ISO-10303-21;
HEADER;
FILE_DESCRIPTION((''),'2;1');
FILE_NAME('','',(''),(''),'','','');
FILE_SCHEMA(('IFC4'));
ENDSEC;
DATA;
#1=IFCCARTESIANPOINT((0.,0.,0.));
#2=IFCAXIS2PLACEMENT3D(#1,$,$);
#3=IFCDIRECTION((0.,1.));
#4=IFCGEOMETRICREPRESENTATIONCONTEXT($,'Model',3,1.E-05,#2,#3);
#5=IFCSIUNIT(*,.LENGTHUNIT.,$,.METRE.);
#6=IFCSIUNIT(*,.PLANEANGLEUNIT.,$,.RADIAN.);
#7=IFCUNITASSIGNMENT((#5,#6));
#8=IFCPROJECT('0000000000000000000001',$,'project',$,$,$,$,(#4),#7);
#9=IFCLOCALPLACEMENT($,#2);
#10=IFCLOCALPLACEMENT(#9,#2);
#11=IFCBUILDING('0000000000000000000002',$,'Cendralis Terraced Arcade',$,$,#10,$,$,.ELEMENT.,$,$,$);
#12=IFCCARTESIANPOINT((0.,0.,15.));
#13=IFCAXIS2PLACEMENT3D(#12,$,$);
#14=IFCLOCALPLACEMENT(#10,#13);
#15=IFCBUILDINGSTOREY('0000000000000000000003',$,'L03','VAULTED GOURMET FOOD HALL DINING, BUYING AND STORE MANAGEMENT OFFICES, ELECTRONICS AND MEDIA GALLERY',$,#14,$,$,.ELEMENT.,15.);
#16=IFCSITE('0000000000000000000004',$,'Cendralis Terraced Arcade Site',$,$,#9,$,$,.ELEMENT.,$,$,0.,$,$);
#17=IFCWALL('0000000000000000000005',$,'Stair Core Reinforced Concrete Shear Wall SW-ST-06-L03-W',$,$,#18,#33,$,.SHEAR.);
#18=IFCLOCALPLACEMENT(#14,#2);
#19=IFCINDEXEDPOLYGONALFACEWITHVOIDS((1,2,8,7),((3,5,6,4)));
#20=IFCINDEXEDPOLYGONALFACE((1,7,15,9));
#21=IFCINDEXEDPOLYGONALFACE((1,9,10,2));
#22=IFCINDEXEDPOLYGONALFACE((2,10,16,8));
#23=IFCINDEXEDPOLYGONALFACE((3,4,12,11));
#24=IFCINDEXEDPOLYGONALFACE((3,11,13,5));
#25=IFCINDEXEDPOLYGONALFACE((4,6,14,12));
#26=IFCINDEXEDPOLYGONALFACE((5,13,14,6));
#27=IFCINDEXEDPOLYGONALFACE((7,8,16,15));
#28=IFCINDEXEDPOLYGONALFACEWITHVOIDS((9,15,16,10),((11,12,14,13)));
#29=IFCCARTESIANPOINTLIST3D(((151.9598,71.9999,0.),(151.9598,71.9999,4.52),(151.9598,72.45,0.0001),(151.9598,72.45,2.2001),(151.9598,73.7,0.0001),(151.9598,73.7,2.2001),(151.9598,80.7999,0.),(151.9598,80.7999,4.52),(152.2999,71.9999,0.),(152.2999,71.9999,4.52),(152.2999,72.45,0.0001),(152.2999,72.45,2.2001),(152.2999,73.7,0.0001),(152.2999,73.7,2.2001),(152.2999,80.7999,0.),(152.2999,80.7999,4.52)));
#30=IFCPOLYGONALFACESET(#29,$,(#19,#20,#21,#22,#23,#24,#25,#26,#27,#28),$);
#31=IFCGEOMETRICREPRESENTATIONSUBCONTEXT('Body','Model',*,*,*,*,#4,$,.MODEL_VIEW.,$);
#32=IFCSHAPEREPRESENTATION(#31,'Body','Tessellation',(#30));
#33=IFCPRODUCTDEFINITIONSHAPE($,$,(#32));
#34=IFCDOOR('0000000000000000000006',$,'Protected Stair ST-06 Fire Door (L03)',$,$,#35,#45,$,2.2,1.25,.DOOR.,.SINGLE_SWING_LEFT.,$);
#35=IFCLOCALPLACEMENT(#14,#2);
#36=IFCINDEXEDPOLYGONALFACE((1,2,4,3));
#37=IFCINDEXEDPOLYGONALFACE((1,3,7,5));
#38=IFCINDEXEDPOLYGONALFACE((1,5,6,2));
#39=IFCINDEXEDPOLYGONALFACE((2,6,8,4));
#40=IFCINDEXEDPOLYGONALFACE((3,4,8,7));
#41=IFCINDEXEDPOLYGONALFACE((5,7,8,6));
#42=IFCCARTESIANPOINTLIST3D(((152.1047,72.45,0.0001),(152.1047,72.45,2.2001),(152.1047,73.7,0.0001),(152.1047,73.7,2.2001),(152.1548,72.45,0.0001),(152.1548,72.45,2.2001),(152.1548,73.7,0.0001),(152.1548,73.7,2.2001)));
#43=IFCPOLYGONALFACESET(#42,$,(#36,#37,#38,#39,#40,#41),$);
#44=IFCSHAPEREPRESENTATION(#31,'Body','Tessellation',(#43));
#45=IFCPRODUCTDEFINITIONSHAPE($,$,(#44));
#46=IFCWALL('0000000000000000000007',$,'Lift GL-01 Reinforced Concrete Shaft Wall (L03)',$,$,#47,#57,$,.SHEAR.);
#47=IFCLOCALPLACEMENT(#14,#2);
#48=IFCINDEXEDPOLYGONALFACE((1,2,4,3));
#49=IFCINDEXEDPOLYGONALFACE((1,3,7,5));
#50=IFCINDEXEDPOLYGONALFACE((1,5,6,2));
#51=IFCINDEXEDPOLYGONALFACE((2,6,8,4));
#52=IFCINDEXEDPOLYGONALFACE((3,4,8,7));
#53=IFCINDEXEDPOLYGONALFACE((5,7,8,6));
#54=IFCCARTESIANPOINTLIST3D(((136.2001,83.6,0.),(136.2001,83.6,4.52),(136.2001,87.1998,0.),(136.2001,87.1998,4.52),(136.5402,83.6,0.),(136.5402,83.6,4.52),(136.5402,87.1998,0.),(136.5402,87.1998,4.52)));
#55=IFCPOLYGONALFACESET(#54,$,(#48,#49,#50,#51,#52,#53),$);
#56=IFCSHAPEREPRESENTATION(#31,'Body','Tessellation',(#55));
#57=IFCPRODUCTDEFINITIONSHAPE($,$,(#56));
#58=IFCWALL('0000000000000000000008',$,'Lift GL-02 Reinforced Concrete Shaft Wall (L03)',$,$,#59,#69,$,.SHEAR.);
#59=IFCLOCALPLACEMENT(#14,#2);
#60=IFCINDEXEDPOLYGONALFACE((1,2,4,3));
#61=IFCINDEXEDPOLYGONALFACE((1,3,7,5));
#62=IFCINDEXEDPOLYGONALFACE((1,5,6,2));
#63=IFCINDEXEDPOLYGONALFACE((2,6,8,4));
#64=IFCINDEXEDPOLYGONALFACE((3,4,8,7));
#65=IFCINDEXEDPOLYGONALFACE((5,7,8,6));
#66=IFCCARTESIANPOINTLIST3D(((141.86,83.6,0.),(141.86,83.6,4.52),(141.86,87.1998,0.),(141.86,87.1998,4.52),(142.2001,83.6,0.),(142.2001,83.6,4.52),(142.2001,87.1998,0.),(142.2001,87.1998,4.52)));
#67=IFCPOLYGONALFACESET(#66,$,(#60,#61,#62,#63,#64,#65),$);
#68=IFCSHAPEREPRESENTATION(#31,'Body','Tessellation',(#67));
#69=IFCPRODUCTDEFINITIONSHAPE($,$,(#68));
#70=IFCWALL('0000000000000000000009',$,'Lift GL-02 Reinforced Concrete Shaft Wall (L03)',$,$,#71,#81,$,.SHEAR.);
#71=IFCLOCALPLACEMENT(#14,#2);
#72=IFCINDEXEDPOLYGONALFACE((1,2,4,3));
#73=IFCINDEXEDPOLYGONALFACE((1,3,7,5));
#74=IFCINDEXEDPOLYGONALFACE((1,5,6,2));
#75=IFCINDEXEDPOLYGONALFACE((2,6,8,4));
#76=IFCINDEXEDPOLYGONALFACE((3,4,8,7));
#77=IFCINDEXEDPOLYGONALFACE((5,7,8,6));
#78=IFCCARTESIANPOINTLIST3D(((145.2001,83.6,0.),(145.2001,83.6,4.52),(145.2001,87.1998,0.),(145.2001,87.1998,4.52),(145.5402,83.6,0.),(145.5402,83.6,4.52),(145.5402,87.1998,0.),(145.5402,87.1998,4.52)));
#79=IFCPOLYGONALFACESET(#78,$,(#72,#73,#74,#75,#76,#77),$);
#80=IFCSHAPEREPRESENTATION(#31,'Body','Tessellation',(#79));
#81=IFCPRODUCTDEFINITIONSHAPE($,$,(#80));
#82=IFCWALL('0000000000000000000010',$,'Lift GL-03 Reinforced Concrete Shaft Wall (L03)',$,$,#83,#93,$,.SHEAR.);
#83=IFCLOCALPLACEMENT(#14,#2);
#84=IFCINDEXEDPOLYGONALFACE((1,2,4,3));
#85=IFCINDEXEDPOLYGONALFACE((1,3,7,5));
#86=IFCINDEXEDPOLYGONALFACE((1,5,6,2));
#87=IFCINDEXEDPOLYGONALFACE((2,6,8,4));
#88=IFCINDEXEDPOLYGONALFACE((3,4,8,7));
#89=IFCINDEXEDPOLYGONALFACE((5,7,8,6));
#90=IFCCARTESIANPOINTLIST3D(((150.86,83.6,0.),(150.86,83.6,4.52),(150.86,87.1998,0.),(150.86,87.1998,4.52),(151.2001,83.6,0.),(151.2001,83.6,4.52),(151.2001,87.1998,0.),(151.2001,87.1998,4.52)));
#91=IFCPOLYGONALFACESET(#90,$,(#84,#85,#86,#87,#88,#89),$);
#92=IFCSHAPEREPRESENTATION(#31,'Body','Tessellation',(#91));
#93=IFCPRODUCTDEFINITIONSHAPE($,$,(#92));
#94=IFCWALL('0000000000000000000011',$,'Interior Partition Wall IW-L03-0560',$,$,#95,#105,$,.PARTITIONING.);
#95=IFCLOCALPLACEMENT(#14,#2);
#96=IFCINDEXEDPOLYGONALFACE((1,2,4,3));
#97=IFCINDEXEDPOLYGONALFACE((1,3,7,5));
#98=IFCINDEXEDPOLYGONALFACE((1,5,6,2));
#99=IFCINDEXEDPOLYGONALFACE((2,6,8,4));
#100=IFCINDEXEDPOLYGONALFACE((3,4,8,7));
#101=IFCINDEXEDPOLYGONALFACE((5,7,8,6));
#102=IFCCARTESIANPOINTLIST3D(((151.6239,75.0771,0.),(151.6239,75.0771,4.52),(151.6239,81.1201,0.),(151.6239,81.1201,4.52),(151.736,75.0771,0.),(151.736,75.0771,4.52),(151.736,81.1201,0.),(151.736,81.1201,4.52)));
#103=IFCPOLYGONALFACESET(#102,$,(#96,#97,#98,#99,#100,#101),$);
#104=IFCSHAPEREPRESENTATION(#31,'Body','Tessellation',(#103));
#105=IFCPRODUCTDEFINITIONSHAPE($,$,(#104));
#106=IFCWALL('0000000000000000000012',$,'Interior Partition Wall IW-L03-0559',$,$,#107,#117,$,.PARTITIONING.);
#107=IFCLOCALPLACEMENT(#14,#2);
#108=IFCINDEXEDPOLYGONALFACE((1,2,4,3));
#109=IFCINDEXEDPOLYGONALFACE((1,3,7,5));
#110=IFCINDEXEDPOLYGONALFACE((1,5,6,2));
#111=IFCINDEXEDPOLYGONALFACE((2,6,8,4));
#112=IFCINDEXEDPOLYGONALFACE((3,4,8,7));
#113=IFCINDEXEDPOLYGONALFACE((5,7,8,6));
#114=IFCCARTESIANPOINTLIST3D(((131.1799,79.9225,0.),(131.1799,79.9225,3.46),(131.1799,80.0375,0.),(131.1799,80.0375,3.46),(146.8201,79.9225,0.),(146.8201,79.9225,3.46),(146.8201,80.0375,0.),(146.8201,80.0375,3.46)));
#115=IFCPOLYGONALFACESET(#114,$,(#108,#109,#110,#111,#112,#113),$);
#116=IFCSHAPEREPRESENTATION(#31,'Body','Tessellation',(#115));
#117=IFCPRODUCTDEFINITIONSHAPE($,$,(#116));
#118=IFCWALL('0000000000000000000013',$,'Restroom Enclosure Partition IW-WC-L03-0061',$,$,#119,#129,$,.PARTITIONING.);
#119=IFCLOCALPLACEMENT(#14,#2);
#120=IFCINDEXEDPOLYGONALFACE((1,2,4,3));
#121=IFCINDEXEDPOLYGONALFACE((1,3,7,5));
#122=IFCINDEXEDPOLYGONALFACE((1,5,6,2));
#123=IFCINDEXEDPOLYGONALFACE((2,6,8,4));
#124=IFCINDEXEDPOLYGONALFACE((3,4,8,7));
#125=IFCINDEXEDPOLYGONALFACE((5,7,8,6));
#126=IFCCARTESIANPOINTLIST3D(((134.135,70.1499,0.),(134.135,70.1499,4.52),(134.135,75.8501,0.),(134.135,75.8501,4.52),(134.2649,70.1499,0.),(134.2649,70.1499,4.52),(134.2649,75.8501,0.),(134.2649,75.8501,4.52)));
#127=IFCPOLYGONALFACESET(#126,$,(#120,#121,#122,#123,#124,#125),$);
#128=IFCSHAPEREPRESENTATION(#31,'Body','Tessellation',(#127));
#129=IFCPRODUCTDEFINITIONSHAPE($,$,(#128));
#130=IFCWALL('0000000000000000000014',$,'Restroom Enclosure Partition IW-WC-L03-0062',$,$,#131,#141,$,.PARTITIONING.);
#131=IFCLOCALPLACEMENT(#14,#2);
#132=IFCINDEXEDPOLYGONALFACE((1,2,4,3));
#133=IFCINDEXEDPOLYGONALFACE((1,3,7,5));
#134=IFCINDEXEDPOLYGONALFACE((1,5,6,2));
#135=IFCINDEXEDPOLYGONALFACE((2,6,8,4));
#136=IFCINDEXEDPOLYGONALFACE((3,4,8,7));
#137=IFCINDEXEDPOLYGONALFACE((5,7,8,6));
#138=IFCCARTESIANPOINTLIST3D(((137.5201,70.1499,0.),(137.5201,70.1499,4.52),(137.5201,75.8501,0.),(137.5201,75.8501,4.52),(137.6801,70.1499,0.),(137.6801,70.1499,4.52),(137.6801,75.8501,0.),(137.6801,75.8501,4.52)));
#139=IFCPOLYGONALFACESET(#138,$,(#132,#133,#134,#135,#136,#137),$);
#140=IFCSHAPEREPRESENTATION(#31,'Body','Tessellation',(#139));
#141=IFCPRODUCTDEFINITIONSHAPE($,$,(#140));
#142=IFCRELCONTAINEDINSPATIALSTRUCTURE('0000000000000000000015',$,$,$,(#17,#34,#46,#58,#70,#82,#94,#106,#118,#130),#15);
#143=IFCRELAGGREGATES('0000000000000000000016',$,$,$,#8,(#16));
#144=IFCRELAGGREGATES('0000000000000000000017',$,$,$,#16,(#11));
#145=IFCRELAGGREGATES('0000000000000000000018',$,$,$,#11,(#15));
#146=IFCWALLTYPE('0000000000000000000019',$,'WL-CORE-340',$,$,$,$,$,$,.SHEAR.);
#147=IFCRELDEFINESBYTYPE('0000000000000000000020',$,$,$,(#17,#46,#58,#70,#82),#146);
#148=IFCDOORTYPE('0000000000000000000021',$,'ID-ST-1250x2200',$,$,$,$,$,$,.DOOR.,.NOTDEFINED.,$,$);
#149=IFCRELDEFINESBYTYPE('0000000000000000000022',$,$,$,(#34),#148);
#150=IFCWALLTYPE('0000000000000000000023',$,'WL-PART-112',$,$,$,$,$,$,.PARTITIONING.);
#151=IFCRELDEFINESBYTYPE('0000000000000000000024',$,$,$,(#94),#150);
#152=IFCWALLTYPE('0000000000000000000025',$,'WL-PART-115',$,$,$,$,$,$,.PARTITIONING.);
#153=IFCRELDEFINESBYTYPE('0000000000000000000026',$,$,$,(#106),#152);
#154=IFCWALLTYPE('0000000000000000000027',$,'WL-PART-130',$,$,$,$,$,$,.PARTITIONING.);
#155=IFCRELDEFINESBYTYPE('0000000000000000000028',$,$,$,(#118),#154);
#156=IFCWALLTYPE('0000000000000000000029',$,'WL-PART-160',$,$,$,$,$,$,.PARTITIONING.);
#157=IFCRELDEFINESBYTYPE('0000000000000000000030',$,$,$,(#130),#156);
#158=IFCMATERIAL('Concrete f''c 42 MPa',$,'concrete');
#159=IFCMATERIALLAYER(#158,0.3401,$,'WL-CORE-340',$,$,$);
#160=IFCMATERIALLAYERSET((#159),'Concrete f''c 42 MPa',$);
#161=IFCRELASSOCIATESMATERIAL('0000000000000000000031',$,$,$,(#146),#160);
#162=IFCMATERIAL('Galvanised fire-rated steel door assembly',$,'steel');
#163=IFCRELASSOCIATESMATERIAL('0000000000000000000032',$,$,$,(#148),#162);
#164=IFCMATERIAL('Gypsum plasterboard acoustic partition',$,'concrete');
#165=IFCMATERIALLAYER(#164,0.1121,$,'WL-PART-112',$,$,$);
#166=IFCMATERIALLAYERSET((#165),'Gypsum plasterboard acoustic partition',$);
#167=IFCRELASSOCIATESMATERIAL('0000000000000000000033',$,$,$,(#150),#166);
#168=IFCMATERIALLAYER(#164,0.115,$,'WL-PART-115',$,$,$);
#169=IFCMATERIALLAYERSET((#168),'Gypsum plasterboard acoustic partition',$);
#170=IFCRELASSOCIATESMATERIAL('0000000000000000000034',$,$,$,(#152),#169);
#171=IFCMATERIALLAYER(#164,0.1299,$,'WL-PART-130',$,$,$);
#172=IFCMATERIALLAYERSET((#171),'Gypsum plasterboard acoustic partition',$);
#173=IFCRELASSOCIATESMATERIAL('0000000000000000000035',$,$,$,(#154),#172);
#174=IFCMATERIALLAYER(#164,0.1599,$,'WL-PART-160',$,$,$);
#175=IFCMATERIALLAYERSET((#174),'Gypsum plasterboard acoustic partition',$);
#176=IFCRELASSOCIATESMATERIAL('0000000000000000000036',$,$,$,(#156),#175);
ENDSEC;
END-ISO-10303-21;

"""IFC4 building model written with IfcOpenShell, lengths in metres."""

from ifc_helpers import new_model, si_unit, direction, frame, frame_2d, origin, place, context, subcontext, project, spatial, rectangle, extrude, material, layer, layer_set, type_object, element, fill, save


model = new_model("IFC4")

# Units and contexts
model_context = context("Model", 3, precision=1e-05, world=origin(), true_north=direction((0.0, 1.0)))
body_context = subcontext(model_context, "Body", "Model", "MODEL_VIEW")
ifc_project = project(units=[si_unit("LENGTHUNIT", "METRE"), si_unit("PLANEANGLEUNIT", "RADIAN")], contexts=[model_context])

# Site, building, storey
site_placement = place(None, origin())
site = spatial("IfcSite", under=ifc_project, at=site_placement, Name="Cendralis Terraced Arcade Site", CompositionType="ELEMENT", RefElevation=0.0)
building_placement = place(site_placement, origin())
building = spatial("IfcBuilding", under=site, at=building_placement, Name="Cendralis Terraced Arcade", CompositionType="ELEMENT")
storey_placement = place(building_placement, frame((0.0, 0.0, 15.0)))
storey = spatial("IfcBuildingStorey", under=building, at=storey_placement, Name="L03", Description="VAULTED GOURMET FOOD HALL DINING, BUYING AND STORE MANAGEMENT OFFICES, ELECTRONICS AND MEDIA GALLERY", CompositionType="ELEMENT", Elevation=15.0)

# Shared definitions
ifc_material_1 = material(Name="Concrete f'c 42 MPa", Category="concrete")

# Shared definitions
ifc_layer_1 = layer(ifc_material_1, 0.3401, Name="WL-CORE-340")
ifc_layer_set_1 = layer_set([ifc_layer_1], Name="Concrete f'c 42 MPa")
wall_type_1 = type_object("IfcWallType", Name="WL-CORE-340", PredefinedType="SHEAR", material=ifc_layer_set_1)

# Wall, opening, door
wall_1_placement = place(storey_placement, frame((152.1299, 72.0, 0.0), z_axis=(0.0, 0.0, 1.0), x_axis=(0.0, 1.0, 0.0)))
wall_1 = element("IfcWall", 1, at=wall_1_placement, inside=storey, type_object=wall_type_1, Name="Stair Core Reinforced Concrete Shear Wall SW-ST-06-L03-W", PredefinedType="SHEAR", context=body_context, shape_type="SweptSolid", body=[
    extrude(rectangle(XDim=8.8, YDim=0.3401, at=frame_2d((4.3999, 0.0))), origin(), (0.0, 0.0, 1.0), 4.52),
])
opening_1_placement = place(wall_1_placement, frame((0.45, 0.0, 0.0)))
opening_1 = element("IfcOpeningElement", 2, at=opening_1_placement, cuts=wall_1, PredefinedType="OPENING", context=body_context, shape_type="SweptSolid", body=[
    extrude(rectangle(XDim=1.25, YDim=2.2, at=frame_2d((0.625, 1.1001))), frame((0.0, 0.1821, 0.0), z_axis=(0.0, -1.0, 0.0), x_axis=(1.0, 0.0, 0.0)), (0.0, 0.0, 1.0), 0.364),
])
ifc_material_2 = material(Name="Galvanised fire-rated steel door assembly", Category="steel")
door_type_1 = type_object("IfcDoorType", Name="ID-ST-1250x2200", OperationType="NOTDEFINED", PredefinedType="DOOR", material=ifc_material_2)
door_1_placement = place(opening_1_placement, frame((1.25, 0.0, 0.0), z_axis=(0.0, 0.0, 1.0), x_axis=(-1.0, 0.0, 0.0)))
door_1 = element("IfcDoor", 3, at=door_1_placement, inside=storey, type_object=door_type_1, Name="Protected Stair ST-06 Fire Door (L03)", OperationType="SINGLE_SWING_LEFT", OverallHeight=2.2, OverallWidth=1.25, PredefinedType="DOOR", context=body_context, shape_type="SweptSolid", body=[
    extrude(rectangle(XDim=1.25, YDim=2.2, at=frame_2d((0.625, 1.1001))), frame((0.0, 0.0249, 0.0), z_axis=(0.0, -1.0, 0.0), x_axis=(1.0, 0.0, 0.0)), (0.0, 0.0, 1.0), 0.05),
])
fill(opening_1, door_1)

# Wall
wall_2_placement = place(storey_placement, frame((136.3701, 83.6001, 0.0), z_axis=(0.0, 0.0, 1.0), x_axis=(0.0, 1.0, 0.0)))
element("IfcWall", 4, at=wall_2_placement, inside=storey, type_object=wall_type_1, Name="Lift GL-01 Reinforced Concrete Shaft Wall (L03)", PredefinedType="SHEAR", context=body_context, shape_type="SweptSolid", body=[
    extrude(rectangle(XDim=3.5999, YDim=0.3401, at=frame_2d((1.7998, 0.0))), origin(), (0.0, 0.0, 1.0), 4.52),
])

# Walls
for number, where, z_axis, x_axis, name in (
    (5, (142.03, 83.6001, 0.0), (0.0, 0.0, 1.0), (0.0, 1.0, 0.0), "Lift GL-02 Reinforced Concrete Shaft Wall (L03)"),
    (6, (145.3701, 83.6001, 0.0), (0.0, 0.0, 1.0), (0.0, 1.0, 0.0), "Lift GL-02 Reinforced Concrete Shaft Wall (L03)"),
):
    element("IfcWall", number, at=place(storey_placement, frame(where, z_axis=z_axis, x_axis=x_axis)), inside=storey, type_object=wall_type_1, Name=name, PredefinedType="SHEAR", context=body_context, shape_type="SweptSolid", body=[
        extrude(rectangle(XDim=3.5999, YDim=0.3401, at=frame_2d((1.7998, 0.0))), origin(), (0.0, 0.0, 1.0), 4.52),
    ])

# Walls
wall_3_placement = place(storey_placement, frame((151.03, 83.6001, 0.0), z_axis=(0.0, 0.0, 1.0), x_axis=(0.0, 1.0, 0.0)))
element("IfcWall", 7, at=wall_3_placement, inside=storey, type_object=wall_type_1, Name="Lift GL-03 Reinforced Concrete Shaft Wall (L03)", PredefinedType="SHEAR", context=body_context, shape_type="SweptSolid", body=[
    extrude(rectangle(XDim=3.5999, YDim=0.3401, at=frame_2d((1.7998, 0.0))), origin(), (0.0, 0.0, 1.0), 4.52),
])
ifc_material_3 = material(Name="Gypsum plasterboard acoustic partition", Category="concrete")
ifc_layer_2 = layer(ifc_material_3, 0.1121, Name="WL-PART-112")
ifc_layer_set_2 = layer_set([ifc_layer_2], Name="Gypsum plasterboard acoustic partition")
wall_type_2 = type_object("IfcWallType", Name="WL-PART-112", PredefinedType="PARTITIONING", material=ifc_layer_set_2)
wall_4_placement = place(storey_placement, frame((151.6799, 75.0771, 0.0), z_axis=(0.0, 0.0, 1.0), x_axis=(0.0, 1.0, 0.0)))
element("IfcWall", 8, at=wall_4_placement, inside=storey, type_object=wall_type_2, Name="Interior Partition Wall IW-L03-0560", PredefinedType="PARTITIONING", context=body_context, shape_type="SweptSolid", body=[
    extrude(rectangle(XDim=6.043, YDim=0.1121, at=frame_2d((3.0215, 0.0))), origin(), (0.0, 0.0, 1.0), 4.52),
])
ifc_layer_3 = layer(ifc_material_3, 0.115, Name="WL-PART-115")
ifc_layer_set_3 = layer_set([ifc_layer_3], Name="Gypsum plasterboard acoustic partition")
wall_type_3 = type_object("IfcWallType", Name="WL-PART-115", PredefinedType="PARTITIONING", material=ifc_layer_set_3)
wall_5_placement = place(storey_placement, frame((146.8201, 79.98, 0.0), z_axis=(0.0, 0.0, 1.0), x_axis=(-1.0, 0.0, 0.0)))
element("IfcWall", 9, at=wall_5_placement, inside=storey, type_object=wall_type_3, Name="Interior Partition Wall IW-L03-0559", PredefinedType="PARTITIONING", context=body_context, shape_type="SweptSolid", body=[
    extrude(rectangle(XDim=15.6401, YDim=0.115, at=frame_2d((7.8201, 0.0))), origin(), (0.0, 0.0, 1.0), 3.46),
])
ifc_layer_4 = layer(ifc_material_3, 0.1299, Name="WL-PART-130")
ifc_layer_set_4 = layer_set([ifc_layer_4], Name="Gypsum plasterboard acoustic partition")
wall_type_4 = type_object("IfcWallType", Name="WL-PART-130", PredefinedType="PARTITIONING", material=ifc_layer_set_4)
wall_6_placement = place(storey_placement, frame((134.2, 70.1499, 0.0), z_axis=(0.0, 0.0, 1.0), x_axis=(0.0, 1.0, 0.0)))
element("IfcWall", 10, at=wall_6_placement, inside=storey, type_object=wall_type_4, Name="Restroom Enclosure Partition IW-WC-L03-0061", PredefinedType="PARTITIONING", context=body_context, shape_type="SweptSolid", body=[
    extrude(rectangle(XDim=5.7002, YDim=0.1299, at=frame_2d((2.8501, 0.0))), origin(), (0.0, 0.0, 1.0), 4.52),
])
ifc_layer_5 = layer(ifc_material_3, 0.1599, Name="WL-PART-160")
ifc_layer_set_5 = layer_set([ifc_layer_5], Name="Gypsum plasterboard acoustic partition")
wall_type_5 = type_object("IfcWallType", Name="WL-PART-160", PredefinedType="PARTITIONING", material=ifc_layer_set_5)
wall_7_placement = place(storey_placement, frame((137.6001, 70.1499, 0.0), z_axis=(0.0, 0.0, 1.0), x_axis=(0.0, 1.0, 0.0)))
element("IfcWall", 11, at=wall_7_placement, inside=storey, type_object=wall_type_5, Name="Restroom Enclosure Partition IW-WC-L03-0062", PredefinedType="PARTITIONING", context=body_context, shape_type="SweptSolid", body=[
    extrude(rectangle(XDim=5.7002, YDim=0.1599, at=frame_2d((2.8501, 0.0))), origin(), (0.0, 0.0, 1.0), 4.52),
])

save(model, "model.ifc")
